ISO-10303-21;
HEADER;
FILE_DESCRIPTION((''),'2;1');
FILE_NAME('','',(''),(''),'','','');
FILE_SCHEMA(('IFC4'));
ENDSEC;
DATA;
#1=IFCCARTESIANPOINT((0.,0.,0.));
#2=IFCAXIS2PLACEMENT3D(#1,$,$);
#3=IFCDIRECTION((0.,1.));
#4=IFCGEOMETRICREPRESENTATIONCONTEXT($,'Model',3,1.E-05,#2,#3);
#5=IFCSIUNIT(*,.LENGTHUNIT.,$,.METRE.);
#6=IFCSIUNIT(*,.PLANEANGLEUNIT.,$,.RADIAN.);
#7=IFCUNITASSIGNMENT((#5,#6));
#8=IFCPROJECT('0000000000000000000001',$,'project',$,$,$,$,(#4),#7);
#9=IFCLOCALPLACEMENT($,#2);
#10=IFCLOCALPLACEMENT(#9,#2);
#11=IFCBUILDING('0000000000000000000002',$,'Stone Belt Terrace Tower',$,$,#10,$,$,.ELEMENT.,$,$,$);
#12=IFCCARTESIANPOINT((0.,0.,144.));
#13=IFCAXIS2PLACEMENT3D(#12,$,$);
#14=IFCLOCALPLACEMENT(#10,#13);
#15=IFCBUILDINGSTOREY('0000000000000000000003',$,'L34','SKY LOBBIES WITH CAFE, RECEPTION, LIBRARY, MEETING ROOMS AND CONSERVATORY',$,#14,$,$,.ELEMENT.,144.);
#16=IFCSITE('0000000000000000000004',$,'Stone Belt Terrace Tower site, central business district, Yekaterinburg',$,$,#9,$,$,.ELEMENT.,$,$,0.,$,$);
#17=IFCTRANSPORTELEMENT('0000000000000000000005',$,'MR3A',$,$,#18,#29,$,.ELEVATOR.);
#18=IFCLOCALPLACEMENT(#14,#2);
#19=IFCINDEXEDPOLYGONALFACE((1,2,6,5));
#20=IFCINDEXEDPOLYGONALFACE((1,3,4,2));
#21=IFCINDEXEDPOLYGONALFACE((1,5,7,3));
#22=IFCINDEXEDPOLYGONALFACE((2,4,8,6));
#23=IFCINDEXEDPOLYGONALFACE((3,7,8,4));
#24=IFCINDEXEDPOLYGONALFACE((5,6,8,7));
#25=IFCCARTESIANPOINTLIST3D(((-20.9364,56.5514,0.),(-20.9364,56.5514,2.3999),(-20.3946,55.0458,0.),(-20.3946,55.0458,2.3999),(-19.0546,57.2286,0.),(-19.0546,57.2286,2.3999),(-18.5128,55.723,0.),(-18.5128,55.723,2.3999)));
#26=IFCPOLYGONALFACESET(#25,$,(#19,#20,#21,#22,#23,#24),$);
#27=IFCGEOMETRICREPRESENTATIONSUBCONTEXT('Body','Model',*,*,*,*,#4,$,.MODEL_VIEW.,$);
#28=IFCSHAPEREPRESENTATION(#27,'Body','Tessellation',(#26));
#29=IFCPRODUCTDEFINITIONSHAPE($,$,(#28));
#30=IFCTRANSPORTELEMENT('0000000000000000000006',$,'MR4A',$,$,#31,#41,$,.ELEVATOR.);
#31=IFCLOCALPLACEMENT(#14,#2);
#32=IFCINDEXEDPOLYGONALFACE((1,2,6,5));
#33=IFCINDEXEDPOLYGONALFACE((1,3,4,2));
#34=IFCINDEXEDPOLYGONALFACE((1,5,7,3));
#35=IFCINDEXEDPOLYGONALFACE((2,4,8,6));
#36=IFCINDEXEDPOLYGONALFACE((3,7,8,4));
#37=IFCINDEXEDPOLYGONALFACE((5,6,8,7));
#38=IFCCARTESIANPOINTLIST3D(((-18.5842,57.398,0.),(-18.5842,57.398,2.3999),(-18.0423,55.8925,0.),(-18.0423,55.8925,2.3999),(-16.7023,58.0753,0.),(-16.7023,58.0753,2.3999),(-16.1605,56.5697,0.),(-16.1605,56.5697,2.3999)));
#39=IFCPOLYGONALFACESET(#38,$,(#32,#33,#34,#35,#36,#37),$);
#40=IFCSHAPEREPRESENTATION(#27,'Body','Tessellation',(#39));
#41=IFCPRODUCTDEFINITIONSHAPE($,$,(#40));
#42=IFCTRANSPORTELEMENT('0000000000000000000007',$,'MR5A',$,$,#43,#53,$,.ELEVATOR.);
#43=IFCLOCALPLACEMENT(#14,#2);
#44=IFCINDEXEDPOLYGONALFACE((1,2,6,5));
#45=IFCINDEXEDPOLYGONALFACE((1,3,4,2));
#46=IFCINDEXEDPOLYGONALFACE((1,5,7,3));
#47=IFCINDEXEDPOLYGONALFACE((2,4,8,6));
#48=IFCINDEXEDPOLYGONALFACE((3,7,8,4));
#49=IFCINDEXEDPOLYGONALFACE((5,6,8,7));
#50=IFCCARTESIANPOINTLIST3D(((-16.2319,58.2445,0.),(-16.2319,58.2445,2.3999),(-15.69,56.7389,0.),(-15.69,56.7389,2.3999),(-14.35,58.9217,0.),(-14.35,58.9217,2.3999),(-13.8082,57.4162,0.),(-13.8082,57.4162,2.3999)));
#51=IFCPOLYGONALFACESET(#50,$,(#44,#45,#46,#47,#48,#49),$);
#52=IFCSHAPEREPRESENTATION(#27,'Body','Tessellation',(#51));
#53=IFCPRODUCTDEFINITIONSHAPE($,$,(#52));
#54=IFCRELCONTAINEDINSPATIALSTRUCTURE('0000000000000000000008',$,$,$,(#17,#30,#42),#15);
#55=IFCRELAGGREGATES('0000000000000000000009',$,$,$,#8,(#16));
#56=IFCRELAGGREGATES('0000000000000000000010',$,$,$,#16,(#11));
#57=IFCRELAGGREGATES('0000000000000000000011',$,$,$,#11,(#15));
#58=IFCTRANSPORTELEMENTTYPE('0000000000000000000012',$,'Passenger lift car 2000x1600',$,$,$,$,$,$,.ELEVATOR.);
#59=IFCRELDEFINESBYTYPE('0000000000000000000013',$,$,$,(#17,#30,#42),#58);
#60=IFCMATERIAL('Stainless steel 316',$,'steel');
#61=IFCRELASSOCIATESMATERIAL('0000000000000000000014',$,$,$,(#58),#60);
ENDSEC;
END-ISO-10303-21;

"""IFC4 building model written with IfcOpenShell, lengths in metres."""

from ifc_helpers import new_model, si_unit, direction, frame, origin, origin_2d, place, context, subcontext, project, spatial, rectangle, extrude, material, type_object, element, save


model = new_model("IFC4")

# Units and contexts
model_context = context("Model", 3, precision=1e-05, world=origin(), true_north=direction((0.0, 1.0)))
body_context = subcontext(model_context, "Body", "Model", "MODEL_VIEW")
ifc_project = project(units=[si_unit("LENGTHUNIT", "METRE"), si_unit("PLANEANGLEUNIT", "RADIAN")], contexts=[model_context])

# Site, building, storey
site_placement = place(None, origin())
site = spatial("IfcSite", under=ifc_project, at=site_placement, Name="Stone Belt Terrace Tower site, central business district, Yekaterinburg", CompositionType="ELEMENT", RefElevation=0.0)
building_placement = place(site_placement, origin())
building = spatial("IfcBuilding", under=site, at=building_placement, Name="Stone Belt Terrace Tower", CompositionType="ELEMENT")
storey_placement = place(building_placement, frame((0.0, 0.0, 144.0)))
storey = spatial("IfcBuildingStorey", under=building, at=storey_placement, Name="L34", Description="SKY LOBBIES WITH CAFE, RECEPTION, LIBRARY, MEETING ROOMS AND CONSERVATORY", CompositionType="ELEMENT", Elevation=144.0)

# Transport elements
ifc_material_1 = material(Name="Stainless steel 316", Category="steel")
transport_element_type = type_object("IfcTransportElementType", Name="Passenger lift car 2000x1600", PredefinedType="ELEVATOR", material=ifc_material_1)
for number, where, z_axis, x_axis, name in (
    (1, (-19.7246, 56.1372, 0.0), (0.0, 0.0, 1.0), (0.940922, 0.338625, 0.0), "MR3A"),
    (2, (-17.3723, 56.9839, 0.0), (0.0, 0.0, 1.0), (0.940922, 0.338625, 0.0), "MR4A"),
    (3, (-15.02, 57.8303, 0.0), (0.0, 0.0, 1.0), (0.940922, 0.338625, 0.0), "MR5A"),
):
    element("IfcTransportElement", number, at=place(storey_placement, frame(where, z_axis=z_axis, x_axis=x_axis)), inside=storey, type_object=transport_element_type, Name=name, PredefinedType="ELEVATOR", context=body_context, shape_type="SweptSolid", body=[
        extrude(rectangle(XDim=2.0, YDim=1.6001, at=origin_2d()), origin(), (0.0, 0.0, 1.0), 2.3999),
    ])

save(model, "model.ifc")
